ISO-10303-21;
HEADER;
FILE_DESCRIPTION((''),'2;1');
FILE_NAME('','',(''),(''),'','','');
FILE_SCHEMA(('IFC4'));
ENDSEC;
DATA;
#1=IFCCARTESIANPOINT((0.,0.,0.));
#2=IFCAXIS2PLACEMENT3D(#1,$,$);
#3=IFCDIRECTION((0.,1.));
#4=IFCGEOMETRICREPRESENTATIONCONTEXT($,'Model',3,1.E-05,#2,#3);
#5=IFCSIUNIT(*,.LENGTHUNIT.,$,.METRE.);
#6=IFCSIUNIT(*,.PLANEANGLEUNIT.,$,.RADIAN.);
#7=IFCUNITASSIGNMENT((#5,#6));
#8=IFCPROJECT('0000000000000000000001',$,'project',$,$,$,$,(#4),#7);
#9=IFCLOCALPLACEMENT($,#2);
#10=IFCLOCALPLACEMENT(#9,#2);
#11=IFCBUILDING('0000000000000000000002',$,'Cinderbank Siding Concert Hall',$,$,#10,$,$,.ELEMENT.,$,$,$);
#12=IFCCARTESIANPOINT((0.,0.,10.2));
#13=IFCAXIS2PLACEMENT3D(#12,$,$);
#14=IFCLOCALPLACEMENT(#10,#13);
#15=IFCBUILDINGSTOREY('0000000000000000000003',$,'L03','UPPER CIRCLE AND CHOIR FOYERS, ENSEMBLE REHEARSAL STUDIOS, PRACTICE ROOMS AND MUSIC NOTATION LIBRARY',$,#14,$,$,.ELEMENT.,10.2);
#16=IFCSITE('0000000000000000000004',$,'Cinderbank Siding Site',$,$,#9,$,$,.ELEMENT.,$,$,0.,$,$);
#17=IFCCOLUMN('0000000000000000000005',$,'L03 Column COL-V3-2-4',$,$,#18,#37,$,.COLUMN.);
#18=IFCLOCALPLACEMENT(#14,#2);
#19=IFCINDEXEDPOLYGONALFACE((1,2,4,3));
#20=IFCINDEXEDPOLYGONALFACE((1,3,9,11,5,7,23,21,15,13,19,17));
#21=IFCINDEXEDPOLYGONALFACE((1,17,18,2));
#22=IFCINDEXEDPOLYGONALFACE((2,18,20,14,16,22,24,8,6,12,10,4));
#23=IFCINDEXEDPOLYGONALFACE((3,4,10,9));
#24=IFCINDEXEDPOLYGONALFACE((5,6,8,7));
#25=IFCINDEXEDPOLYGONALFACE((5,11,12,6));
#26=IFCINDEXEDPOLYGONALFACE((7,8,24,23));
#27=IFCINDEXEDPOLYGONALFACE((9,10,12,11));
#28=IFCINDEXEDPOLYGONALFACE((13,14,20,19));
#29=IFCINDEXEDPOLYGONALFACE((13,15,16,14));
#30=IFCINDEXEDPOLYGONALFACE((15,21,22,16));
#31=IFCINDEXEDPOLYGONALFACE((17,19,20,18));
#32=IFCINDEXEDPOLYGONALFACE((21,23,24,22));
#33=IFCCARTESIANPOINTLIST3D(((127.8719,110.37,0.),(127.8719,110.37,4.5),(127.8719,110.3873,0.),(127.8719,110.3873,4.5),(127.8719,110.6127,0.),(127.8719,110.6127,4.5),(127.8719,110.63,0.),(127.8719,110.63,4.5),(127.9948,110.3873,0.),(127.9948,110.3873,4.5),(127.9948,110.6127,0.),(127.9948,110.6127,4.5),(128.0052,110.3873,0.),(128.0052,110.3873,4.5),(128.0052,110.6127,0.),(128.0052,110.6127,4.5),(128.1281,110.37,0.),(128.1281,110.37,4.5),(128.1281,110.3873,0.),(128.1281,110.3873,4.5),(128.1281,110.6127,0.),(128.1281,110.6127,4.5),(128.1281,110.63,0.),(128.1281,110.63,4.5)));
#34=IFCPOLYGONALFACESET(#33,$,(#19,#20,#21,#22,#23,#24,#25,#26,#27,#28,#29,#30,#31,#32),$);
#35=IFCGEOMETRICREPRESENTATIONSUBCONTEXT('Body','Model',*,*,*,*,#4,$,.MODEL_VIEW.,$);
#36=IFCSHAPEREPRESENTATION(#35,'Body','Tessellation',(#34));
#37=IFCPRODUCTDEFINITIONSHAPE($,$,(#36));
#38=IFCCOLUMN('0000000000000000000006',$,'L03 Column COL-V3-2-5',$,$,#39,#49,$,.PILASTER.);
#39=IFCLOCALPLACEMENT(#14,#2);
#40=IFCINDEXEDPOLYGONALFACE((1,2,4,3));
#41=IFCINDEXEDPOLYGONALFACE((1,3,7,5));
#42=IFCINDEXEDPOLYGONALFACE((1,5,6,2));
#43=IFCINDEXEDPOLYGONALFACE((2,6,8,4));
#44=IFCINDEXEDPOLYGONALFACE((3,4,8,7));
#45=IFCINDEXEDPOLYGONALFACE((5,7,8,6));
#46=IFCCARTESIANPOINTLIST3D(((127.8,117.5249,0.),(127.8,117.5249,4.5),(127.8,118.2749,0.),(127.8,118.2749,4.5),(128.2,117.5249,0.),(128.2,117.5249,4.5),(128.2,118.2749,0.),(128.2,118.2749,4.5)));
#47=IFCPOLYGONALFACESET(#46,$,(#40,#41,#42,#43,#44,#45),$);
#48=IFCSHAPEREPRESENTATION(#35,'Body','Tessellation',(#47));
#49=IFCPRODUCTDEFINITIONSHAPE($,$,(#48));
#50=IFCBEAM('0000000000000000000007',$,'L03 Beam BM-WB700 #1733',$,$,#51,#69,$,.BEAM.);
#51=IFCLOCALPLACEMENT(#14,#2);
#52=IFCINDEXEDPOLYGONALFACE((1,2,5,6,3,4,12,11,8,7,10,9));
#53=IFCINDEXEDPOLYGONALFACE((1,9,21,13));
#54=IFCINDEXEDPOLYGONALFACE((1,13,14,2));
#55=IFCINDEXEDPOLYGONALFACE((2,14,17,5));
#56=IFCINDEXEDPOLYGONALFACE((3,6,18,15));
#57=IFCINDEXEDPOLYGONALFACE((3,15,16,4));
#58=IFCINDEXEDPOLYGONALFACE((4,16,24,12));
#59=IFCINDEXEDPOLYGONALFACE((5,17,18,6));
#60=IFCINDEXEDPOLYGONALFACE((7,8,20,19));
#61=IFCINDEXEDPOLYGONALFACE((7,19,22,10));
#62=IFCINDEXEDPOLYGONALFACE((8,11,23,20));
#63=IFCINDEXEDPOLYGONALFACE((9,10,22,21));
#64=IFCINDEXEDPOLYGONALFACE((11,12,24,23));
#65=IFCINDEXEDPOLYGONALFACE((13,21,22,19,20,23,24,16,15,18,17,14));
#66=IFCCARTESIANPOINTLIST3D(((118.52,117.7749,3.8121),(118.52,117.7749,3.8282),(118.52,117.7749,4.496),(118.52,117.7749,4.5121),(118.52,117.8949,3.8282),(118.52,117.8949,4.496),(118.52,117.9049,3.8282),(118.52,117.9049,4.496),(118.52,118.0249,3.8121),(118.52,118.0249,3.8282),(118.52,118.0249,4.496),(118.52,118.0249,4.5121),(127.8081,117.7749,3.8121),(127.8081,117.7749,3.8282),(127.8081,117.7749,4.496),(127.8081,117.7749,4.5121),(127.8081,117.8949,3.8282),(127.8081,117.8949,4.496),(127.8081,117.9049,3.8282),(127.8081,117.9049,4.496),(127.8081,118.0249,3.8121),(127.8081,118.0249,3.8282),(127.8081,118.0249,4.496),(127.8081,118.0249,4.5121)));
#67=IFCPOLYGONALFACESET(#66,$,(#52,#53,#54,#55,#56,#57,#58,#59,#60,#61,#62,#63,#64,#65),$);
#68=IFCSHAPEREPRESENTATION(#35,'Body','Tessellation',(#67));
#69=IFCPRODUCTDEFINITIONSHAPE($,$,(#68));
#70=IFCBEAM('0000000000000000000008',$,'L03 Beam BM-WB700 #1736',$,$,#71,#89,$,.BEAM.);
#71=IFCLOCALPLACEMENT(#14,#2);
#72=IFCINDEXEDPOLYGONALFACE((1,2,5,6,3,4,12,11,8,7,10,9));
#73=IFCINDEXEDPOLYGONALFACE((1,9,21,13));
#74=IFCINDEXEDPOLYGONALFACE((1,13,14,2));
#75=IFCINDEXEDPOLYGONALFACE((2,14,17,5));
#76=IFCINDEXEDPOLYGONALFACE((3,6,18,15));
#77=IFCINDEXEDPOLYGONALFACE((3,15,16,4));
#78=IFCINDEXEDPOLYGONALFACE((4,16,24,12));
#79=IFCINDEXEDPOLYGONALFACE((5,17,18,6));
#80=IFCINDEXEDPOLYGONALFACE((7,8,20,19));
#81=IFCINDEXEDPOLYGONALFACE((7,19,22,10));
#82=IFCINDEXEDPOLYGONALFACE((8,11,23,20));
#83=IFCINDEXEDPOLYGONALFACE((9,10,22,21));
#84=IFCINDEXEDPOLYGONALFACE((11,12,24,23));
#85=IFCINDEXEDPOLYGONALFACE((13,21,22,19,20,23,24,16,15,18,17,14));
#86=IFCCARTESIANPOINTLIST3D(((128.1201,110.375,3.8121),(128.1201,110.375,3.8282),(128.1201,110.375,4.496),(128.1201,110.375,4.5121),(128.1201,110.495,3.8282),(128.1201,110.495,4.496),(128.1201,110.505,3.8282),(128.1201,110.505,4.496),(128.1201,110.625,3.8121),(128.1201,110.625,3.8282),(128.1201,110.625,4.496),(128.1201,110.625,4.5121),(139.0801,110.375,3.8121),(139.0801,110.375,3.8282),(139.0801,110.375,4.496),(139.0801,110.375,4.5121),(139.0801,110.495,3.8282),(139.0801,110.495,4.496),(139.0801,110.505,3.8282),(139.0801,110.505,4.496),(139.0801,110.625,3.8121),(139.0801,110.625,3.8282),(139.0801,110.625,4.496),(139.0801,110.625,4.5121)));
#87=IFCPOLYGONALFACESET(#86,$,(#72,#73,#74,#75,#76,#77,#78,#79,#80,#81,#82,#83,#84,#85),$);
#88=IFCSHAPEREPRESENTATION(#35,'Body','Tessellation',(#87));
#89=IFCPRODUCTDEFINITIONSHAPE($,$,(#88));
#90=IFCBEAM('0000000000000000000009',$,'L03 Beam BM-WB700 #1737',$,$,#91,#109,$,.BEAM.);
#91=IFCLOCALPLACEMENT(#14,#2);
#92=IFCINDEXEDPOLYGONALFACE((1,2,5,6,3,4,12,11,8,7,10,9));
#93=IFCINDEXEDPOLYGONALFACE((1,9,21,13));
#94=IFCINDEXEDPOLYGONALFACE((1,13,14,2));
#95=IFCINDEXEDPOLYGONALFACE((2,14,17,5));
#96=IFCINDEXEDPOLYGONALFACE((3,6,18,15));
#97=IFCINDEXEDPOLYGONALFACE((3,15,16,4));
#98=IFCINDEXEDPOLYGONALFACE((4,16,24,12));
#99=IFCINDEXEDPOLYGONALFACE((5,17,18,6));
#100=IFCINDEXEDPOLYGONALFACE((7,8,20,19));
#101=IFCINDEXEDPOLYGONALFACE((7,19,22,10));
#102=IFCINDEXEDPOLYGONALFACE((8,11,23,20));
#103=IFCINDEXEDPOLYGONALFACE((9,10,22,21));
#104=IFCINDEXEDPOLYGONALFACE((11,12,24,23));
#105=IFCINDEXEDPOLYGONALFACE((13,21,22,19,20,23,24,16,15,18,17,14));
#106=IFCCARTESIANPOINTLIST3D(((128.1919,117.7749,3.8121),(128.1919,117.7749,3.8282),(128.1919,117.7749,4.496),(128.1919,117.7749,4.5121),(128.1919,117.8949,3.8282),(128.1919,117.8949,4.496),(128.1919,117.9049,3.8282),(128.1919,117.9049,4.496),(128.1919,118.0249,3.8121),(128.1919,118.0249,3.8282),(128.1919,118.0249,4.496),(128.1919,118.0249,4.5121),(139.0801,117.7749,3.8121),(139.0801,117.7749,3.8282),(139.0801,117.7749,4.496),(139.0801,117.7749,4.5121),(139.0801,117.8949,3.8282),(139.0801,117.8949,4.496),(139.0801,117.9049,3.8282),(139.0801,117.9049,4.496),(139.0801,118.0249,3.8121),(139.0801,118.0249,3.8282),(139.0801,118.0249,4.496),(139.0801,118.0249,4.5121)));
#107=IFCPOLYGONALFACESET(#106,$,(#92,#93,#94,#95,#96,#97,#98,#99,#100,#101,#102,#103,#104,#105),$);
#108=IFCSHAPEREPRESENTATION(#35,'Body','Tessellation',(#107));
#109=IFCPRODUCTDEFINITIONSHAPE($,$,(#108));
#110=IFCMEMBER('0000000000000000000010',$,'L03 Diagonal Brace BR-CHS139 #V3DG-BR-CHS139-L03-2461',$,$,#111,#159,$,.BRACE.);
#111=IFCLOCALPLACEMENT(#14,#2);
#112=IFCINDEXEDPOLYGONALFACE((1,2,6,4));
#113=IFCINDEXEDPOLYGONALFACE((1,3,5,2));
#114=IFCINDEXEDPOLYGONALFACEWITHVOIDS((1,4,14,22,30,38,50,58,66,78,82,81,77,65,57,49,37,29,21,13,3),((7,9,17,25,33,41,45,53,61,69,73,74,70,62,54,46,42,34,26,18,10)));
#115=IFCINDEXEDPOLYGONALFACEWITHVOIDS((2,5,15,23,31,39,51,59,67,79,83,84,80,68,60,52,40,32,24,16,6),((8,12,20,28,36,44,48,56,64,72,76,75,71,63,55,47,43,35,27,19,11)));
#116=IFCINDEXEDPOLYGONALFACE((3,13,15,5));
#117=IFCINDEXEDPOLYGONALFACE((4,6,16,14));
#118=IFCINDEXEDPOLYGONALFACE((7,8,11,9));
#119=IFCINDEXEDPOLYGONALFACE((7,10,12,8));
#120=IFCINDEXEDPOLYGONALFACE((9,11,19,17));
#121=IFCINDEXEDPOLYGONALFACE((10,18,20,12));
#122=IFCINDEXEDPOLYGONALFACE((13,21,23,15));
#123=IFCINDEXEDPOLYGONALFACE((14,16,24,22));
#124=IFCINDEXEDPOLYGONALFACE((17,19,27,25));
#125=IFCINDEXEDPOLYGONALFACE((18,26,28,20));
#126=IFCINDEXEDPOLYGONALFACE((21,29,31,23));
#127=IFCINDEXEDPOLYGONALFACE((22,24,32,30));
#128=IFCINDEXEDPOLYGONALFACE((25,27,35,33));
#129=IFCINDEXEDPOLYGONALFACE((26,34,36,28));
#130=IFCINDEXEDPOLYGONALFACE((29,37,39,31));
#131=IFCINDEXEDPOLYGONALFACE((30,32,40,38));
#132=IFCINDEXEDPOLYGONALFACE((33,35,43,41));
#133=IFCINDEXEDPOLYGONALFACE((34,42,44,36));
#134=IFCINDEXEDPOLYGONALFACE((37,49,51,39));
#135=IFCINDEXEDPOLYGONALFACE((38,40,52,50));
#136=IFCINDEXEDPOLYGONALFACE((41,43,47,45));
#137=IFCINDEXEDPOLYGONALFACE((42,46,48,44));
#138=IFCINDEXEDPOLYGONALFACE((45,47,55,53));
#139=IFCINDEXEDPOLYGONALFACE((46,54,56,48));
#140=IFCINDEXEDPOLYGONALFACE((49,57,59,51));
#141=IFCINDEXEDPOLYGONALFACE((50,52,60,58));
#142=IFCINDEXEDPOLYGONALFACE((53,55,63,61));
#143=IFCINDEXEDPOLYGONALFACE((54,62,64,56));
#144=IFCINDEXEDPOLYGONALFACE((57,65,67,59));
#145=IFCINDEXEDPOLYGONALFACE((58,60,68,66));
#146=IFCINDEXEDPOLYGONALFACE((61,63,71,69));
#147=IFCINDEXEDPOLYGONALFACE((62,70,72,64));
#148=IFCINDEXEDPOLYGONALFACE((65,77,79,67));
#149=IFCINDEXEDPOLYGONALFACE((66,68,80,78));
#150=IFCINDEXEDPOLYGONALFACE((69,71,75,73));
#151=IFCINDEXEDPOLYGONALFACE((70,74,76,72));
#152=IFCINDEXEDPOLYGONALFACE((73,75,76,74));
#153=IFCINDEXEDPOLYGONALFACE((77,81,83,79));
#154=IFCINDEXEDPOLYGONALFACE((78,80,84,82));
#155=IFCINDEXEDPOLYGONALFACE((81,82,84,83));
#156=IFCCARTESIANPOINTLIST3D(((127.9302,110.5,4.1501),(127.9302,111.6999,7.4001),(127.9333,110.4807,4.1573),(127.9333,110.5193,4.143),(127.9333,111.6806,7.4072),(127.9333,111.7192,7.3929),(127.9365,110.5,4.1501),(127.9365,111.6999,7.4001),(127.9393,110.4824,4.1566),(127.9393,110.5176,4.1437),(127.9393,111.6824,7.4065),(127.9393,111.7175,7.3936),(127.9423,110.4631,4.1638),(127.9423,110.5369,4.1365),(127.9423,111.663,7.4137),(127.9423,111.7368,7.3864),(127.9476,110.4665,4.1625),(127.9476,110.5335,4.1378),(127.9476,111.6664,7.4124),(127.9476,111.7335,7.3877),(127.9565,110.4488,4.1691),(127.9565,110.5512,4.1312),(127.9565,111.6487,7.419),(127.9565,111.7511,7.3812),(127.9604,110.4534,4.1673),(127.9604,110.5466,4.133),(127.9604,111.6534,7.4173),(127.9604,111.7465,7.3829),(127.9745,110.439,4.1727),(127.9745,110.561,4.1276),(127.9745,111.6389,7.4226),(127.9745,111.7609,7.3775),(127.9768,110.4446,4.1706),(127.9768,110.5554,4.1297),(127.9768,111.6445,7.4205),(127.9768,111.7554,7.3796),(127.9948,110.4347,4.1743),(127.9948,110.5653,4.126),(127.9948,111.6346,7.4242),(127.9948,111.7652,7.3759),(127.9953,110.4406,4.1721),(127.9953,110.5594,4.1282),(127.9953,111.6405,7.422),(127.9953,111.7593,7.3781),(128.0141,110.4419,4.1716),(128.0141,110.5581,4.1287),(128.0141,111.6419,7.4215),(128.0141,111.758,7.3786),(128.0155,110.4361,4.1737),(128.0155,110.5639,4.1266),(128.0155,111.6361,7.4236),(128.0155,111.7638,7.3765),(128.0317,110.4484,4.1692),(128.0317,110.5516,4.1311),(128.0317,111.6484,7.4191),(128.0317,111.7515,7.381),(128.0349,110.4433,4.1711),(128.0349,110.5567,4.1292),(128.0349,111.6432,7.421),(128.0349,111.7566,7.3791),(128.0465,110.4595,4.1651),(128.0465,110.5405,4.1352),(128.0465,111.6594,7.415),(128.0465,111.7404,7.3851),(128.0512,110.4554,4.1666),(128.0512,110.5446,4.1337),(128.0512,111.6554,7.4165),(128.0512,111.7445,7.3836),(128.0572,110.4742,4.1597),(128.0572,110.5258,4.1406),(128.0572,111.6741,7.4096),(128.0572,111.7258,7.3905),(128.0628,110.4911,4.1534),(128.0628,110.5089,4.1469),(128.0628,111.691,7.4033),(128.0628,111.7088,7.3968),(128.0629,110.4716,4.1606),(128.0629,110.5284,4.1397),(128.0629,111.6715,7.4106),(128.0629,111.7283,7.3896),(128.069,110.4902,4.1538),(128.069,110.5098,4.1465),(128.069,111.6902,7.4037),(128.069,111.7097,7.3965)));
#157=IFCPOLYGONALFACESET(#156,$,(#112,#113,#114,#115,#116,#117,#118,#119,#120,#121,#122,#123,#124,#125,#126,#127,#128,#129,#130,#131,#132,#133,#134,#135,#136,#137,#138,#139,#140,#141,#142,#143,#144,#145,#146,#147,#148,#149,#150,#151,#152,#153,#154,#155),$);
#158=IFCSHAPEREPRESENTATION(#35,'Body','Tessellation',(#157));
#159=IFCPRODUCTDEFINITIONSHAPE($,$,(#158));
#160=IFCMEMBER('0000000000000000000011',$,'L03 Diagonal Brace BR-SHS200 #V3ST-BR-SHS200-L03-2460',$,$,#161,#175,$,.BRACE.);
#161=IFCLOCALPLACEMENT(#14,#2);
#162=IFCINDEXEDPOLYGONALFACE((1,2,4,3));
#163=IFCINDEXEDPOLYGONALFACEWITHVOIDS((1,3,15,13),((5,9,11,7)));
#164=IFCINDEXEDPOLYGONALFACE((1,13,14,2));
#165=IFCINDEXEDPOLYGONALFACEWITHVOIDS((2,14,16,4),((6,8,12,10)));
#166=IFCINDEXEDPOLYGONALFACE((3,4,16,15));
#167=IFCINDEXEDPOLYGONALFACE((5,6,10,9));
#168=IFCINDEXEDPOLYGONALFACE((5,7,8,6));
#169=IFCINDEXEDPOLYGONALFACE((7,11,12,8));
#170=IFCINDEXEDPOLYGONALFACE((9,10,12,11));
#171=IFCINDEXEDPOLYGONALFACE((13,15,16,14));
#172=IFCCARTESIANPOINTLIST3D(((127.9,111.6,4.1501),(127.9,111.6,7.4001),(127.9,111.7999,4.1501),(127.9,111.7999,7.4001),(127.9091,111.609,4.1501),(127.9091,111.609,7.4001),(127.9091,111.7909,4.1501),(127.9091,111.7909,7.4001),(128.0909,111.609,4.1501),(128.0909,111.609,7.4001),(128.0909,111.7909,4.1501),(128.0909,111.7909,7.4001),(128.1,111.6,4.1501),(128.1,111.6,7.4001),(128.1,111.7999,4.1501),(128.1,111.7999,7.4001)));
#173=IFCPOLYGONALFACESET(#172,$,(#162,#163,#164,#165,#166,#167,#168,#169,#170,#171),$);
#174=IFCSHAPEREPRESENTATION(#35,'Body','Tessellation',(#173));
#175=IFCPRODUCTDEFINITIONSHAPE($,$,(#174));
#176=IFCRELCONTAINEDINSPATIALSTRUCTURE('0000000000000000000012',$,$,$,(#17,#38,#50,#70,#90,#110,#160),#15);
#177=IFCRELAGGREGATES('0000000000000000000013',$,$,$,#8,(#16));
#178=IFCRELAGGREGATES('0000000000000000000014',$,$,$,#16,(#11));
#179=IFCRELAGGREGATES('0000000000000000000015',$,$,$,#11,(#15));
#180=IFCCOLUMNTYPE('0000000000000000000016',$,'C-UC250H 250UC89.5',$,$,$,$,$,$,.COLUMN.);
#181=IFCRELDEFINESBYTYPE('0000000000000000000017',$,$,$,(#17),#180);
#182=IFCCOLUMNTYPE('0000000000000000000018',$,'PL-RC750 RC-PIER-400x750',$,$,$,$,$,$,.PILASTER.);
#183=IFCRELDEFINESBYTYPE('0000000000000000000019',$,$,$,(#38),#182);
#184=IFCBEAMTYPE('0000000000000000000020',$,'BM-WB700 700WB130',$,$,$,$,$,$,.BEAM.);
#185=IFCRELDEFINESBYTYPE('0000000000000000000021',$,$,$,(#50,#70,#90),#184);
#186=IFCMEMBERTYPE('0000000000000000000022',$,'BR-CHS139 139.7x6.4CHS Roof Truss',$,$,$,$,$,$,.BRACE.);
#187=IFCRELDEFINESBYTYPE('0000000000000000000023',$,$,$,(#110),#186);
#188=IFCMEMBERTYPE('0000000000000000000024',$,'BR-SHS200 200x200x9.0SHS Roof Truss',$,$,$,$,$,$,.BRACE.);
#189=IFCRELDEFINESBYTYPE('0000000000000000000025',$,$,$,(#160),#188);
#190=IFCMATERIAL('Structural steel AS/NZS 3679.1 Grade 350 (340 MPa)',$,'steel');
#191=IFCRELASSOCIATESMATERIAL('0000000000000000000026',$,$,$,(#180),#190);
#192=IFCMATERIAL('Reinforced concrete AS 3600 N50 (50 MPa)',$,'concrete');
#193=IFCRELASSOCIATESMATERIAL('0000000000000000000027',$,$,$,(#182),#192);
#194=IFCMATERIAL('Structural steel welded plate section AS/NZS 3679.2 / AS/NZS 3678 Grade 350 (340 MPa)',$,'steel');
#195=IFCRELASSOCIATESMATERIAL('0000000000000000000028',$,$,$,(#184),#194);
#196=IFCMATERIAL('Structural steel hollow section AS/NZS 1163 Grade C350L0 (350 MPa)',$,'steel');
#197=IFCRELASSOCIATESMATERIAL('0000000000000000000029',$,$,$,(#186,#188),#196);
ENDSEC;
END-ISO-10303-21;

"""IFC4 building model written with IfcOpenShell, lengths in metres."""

from ifc_helpers import new_model, si_unit, direction, frame, origin, origin_2d, place, context, subcontext, project, spatial, rectangle, hollow_rectangle, hollow_circle, i_section, extrude, material, material_profile, profile_set, type_object, element, save


model = new_model("IFC4")

# Units and contexts
model_context = context("Model", 3, precision=1e-05, world=origin(), true_north=direction((0.0, 1.0)))
body_context = subcontext(model_context, "Body", "Model", "MODEL_VIEW")
ifc_project = project(units=[si_unit("LENGTHUNIT", "METRE"), si_unit("PLANEANGLEUNIT", "RADIAN")], contexts=[model_context])

# Site, building, storey
site_placement = place(None, origin())
site = spatial("IfcSite", under=ifc_project, at=site_placement, Name="Cinderbank Siding Site", CompositionType="ELEMENT", RefElevation=0.0)
building_placement = place(site_placement, origin())
building = spatial("IfcBuilding", under=site, at=building_placement, Name="Cinderbank Siding Concert Hall", CompositionType="ELEMENT")
storey_placement = place(building_placement, frame((0.0, 0.0, 10.2)))
storey = spatial("IfcBuildingStorey", under=building, at=storey_placement, Name="L03", Description="UPPER CIRCLE AND CHOIR FOYERS, ENSEMBLE REHEARSAL STUDIOS, PRACTICE ROOMS AND MUSIC NOTATION LIBRARY", CompositionType="ELEMENT", Elevation=10.2)

# Columns
ifc_material_1 = material(Name="Structural steel AS/NZS 3679.1 Grade 350 (340 MPa)", Category="steel")
ifc_material_profile_1 = material_profile(ifc_material_1, i_section(OverallWidth=0.2561, OverallDepth=0.26, WebThickness=0.0105, FlangeThickness=0.0173, at=origin_2d()), Name="250UC89.5", Category="LoadBearing")
ifc_profile_set_1 = profile_set([ifc_material_profile_1], Name="Structural steel AS/NZS 3679.1 Grade 350 (340 MPa)")
column_type_1 = type_object("IfcColumnType", Name="C-UC250H 250UC89.5", PredefinedType="COLUMN", material=ifc_profile_set_1)
column_1_placement = place(storey_placement, frame((128.0, 110.5, 0.0), z_axis=(0.0, 0.0, 1.0), x_axis=(1.0, 0.0, 0.0)))
element("IfcColumn", 1, at=column_1_placement, inside=storey, type_object=column_type_1, Name="L03 Column COL-V3-2-4", PredefinedType="COLUMN", context=body_context, shape_type="SweptSolid", body=[
    extrude(i_section(OverallWidth=0.2561, OverallDepth=0.26, WebThickness=0.0105, FlangeThickness=0.0173, at=origin_2d()), origin(), (0.0, 0.0, 1.0), 4.5),
])
ifc_material_2 = material(Name="Reinforced concrete AS 3600 N50 (50 MPa)", Category="concrete")
ifc_material_profile_2 = material_profile(ifc_material_2, rectangle(XDim=0.3999, YDim=0.75, at=origin_2d()), Name="RC-PIER-400x750", Category="LoadBearing")
ifc_profile_set_2 = profile_set([ifc_material_profile_2], Name="Reinforced concrete AS 3600 N50 (50 MPa)")
column_type_2 = type_object("IfcColumnType", Name="PL-RC750 RC-PIER-400x750", PredefinedType="PILASTER", material=ifc_profile_set_2)
column_2_placement = place(storey_placement, frame((128.0, 117.8999, 0.0), z_axis=(0.0, 0.0, 1.0), x_axis=(1.0, 0.0, 0.0)))
element("IfcColumn", 2, at=column_2_placement, inside=storey, type_object=column_type_2, Name="L03 Column COL-V3-2-5", PredefinedType="PILASTER", context=body_context, shape_type="SweptSolid", body=[
    extrude(rectangle(XDim=0.3999, YDim=0.75, at=origin_2d()), origin(), (0.0, 0.0, 1.0), 4.5),
])

# Beams
ifc_material_3 = material(Name="Structural steel welded plate section AS/NZS 3679.2 / AS/NZS 3678 Grade 350 (340 MPa)", Category="steel")
ifc_material_profile_3 = material_profile(ifc_material_3, i_section(OverallWidth=0.25, OverallDepth=0.7, WebThickness=0.01, FlangeThickness=0.0161, at=origin_2d()), Name="700WB130", Category="LoadBearing")
ifc_profile_set_3 = profile_set([ifc_material_profile_3], Name="Structural steel welded plate section AS/NZS 3679.2 / AS/NZS 3678 Grade 350 (340 MPa)")
beam_type = type_object("IfcBeamType", Name="BM-WB700 700WB130", PredefinedType="BEAM", material=ifc_profile_set_3)
beam_1_placement = place(storey_placement, frame((118.52, 117.8999, 4.1621), z_axis=(1.0, 0.0, 0.0), x_axis=(0.0, 1.0, 0.0)))
element("IfcBeam", 3, at=beam_1_placement, inside=storey, type_object=beam_type, Name="L03 Beam BM-WB700 #1733", PredefinedType="BEAM", context=body_context, shape_type="SweptSolid", body=[
    extrude(i_section(OverallWidth=0.25, OverallDepth=0.7, WebThickness=0.01, FlangeThickness=0.0161, at=origin_2d()), origin(), (0.0, 0.0, 1.0), 9.2881),
])
beam_2_placement = place(storey_placement, frame((128.1201, 110.5, 4.1621), z_axis=(1.0, 0.0, 0.0), x_axis=(0.0, 1.0, 0.0)))
element("IfcBeam", 4, at=beam_2_placement, inside=storey, type_object=beam_type, Name="L03 Beam BM-WB700 #1736", PredefinedType="BEAM", context=body_context, shape_type="SweptSolid", body=[
    extrude(i_section(OverallWidth=0.25, OverallDepth=0.7, WebThickness=0.01, FlangeThickness=0.0161, at=origin_2d()), origin(), (0.0, 0.0, 1.0), 10.96),
])
beam_3_placement = place(storey_placement, frame((128.1919, 117.8999, 4.1621), z_axis=(1.0, 0.0, 0.0), x_axis=(0.0, 1.0, 0.0)))
element("IfcBeam", 5, at=beam_3_placement, inside=storey, type_object=beam_type, Name="L03 Beam BM-WB700 #1737", PredefinedType="BEAM", context=body_context, shape_type="SweptSolid", body=[
    extrude(i_section(OverallWidth=0.25, OverallDepth=0.7, WebThickness=0.01, FlangeThickness=0.0161, at=origin_2d()), origin(), (0.0, 0.0, 1.0), 10.8882),
])

# Members
ifc_material_4 = material(Name="Structural steel hollow section AS/NZS 1163 Grade C350L0 (350 MPa)", Category="steel")
ifc_material_profile_4 = material_profile(ifc_material_4, hollow_circle(Radius=0.0698, WallThickness=0.0063, at=origin_2d()), Name="139.7x6.4CHS", Category="LoadBearing")
ifc_profile_set_4 = profile_set([ifc_material_profile_4], Name="Structural steel hollow section AS/NZS 1163 Grade C350L0 (350 MPa)")
member_type_1 = type_object("IfcMemberType", Name="BR-CHS139 139.7x6.4CHS Roof Truss", PredefinedType="BRACE", material=ifc_profile_set_4)
member_1_placement = place(storey_placement, frame((128.0, 110.5, 4.1501), z_axis=(0.0, 0.346362, 0.938101), x_axis=(-1.0, 0.0, 0.0)))
element("IfcMember", 6, at=member_1_placement, inside=storey, type_object=member_type_1, Name="L03 Diagonal Brace BR-CHS139 #V3DG-BR-CHS139-L03-2461", PredefinedType="BRACE", context=body_context, shape_type="SweptSolid", body=[
    extrude(hollow_circle(Radius=0.0698, WallThickness=0.0063, at=origin_2d()), origin(), (0.0, 0.0, 1.0), 3.4644),
])
ifc_material_profile_5 = material_profile(ifc_material_4, hollow_rectangle(XDim=0.2, YDim=0.2, WallThickness=0.009, at=origin_2d()), Name="200x200x9.0SHS", Category="LoadBearing")
ifc_profile_set_5 = profile_set([ifc_material_profile_5], Name="Structural steel hollow section AS/NZS 1163 Grade C350L0 (350 MPa)")
member_type_2 = type_object("IfcMemberType", Name="BR-SHS200 200x200x9.0SHS Roof Truss", PredefinedType="BRACE", material=ifc_profile_set_5)
member_2_placement = place(storey_placement, frame((128.0, 111.7, 4.1501), z_axis=(0.0, 0.0, 1.0), x_axis=(1.0, 0.0, 0.0)))
element("IfcMember", 7, at=member_2_placement, inside=storey, type_object=member_type_2, Name="L03 Diagonal Brace BR-SHS200 #V3ST-BR-SHS200-L03-2460", PredefinedType="BRACE", context=body_context, shape_type="SweptSolid", body=[
    extrude(hollow_rectangle(XDim=0.2, YDim=0.2, WallThickness=0.009, at=origin_2d()), origin(), (0.0, 0.0, 1.0), 3.25),
])

save(model, "model.ifc")
